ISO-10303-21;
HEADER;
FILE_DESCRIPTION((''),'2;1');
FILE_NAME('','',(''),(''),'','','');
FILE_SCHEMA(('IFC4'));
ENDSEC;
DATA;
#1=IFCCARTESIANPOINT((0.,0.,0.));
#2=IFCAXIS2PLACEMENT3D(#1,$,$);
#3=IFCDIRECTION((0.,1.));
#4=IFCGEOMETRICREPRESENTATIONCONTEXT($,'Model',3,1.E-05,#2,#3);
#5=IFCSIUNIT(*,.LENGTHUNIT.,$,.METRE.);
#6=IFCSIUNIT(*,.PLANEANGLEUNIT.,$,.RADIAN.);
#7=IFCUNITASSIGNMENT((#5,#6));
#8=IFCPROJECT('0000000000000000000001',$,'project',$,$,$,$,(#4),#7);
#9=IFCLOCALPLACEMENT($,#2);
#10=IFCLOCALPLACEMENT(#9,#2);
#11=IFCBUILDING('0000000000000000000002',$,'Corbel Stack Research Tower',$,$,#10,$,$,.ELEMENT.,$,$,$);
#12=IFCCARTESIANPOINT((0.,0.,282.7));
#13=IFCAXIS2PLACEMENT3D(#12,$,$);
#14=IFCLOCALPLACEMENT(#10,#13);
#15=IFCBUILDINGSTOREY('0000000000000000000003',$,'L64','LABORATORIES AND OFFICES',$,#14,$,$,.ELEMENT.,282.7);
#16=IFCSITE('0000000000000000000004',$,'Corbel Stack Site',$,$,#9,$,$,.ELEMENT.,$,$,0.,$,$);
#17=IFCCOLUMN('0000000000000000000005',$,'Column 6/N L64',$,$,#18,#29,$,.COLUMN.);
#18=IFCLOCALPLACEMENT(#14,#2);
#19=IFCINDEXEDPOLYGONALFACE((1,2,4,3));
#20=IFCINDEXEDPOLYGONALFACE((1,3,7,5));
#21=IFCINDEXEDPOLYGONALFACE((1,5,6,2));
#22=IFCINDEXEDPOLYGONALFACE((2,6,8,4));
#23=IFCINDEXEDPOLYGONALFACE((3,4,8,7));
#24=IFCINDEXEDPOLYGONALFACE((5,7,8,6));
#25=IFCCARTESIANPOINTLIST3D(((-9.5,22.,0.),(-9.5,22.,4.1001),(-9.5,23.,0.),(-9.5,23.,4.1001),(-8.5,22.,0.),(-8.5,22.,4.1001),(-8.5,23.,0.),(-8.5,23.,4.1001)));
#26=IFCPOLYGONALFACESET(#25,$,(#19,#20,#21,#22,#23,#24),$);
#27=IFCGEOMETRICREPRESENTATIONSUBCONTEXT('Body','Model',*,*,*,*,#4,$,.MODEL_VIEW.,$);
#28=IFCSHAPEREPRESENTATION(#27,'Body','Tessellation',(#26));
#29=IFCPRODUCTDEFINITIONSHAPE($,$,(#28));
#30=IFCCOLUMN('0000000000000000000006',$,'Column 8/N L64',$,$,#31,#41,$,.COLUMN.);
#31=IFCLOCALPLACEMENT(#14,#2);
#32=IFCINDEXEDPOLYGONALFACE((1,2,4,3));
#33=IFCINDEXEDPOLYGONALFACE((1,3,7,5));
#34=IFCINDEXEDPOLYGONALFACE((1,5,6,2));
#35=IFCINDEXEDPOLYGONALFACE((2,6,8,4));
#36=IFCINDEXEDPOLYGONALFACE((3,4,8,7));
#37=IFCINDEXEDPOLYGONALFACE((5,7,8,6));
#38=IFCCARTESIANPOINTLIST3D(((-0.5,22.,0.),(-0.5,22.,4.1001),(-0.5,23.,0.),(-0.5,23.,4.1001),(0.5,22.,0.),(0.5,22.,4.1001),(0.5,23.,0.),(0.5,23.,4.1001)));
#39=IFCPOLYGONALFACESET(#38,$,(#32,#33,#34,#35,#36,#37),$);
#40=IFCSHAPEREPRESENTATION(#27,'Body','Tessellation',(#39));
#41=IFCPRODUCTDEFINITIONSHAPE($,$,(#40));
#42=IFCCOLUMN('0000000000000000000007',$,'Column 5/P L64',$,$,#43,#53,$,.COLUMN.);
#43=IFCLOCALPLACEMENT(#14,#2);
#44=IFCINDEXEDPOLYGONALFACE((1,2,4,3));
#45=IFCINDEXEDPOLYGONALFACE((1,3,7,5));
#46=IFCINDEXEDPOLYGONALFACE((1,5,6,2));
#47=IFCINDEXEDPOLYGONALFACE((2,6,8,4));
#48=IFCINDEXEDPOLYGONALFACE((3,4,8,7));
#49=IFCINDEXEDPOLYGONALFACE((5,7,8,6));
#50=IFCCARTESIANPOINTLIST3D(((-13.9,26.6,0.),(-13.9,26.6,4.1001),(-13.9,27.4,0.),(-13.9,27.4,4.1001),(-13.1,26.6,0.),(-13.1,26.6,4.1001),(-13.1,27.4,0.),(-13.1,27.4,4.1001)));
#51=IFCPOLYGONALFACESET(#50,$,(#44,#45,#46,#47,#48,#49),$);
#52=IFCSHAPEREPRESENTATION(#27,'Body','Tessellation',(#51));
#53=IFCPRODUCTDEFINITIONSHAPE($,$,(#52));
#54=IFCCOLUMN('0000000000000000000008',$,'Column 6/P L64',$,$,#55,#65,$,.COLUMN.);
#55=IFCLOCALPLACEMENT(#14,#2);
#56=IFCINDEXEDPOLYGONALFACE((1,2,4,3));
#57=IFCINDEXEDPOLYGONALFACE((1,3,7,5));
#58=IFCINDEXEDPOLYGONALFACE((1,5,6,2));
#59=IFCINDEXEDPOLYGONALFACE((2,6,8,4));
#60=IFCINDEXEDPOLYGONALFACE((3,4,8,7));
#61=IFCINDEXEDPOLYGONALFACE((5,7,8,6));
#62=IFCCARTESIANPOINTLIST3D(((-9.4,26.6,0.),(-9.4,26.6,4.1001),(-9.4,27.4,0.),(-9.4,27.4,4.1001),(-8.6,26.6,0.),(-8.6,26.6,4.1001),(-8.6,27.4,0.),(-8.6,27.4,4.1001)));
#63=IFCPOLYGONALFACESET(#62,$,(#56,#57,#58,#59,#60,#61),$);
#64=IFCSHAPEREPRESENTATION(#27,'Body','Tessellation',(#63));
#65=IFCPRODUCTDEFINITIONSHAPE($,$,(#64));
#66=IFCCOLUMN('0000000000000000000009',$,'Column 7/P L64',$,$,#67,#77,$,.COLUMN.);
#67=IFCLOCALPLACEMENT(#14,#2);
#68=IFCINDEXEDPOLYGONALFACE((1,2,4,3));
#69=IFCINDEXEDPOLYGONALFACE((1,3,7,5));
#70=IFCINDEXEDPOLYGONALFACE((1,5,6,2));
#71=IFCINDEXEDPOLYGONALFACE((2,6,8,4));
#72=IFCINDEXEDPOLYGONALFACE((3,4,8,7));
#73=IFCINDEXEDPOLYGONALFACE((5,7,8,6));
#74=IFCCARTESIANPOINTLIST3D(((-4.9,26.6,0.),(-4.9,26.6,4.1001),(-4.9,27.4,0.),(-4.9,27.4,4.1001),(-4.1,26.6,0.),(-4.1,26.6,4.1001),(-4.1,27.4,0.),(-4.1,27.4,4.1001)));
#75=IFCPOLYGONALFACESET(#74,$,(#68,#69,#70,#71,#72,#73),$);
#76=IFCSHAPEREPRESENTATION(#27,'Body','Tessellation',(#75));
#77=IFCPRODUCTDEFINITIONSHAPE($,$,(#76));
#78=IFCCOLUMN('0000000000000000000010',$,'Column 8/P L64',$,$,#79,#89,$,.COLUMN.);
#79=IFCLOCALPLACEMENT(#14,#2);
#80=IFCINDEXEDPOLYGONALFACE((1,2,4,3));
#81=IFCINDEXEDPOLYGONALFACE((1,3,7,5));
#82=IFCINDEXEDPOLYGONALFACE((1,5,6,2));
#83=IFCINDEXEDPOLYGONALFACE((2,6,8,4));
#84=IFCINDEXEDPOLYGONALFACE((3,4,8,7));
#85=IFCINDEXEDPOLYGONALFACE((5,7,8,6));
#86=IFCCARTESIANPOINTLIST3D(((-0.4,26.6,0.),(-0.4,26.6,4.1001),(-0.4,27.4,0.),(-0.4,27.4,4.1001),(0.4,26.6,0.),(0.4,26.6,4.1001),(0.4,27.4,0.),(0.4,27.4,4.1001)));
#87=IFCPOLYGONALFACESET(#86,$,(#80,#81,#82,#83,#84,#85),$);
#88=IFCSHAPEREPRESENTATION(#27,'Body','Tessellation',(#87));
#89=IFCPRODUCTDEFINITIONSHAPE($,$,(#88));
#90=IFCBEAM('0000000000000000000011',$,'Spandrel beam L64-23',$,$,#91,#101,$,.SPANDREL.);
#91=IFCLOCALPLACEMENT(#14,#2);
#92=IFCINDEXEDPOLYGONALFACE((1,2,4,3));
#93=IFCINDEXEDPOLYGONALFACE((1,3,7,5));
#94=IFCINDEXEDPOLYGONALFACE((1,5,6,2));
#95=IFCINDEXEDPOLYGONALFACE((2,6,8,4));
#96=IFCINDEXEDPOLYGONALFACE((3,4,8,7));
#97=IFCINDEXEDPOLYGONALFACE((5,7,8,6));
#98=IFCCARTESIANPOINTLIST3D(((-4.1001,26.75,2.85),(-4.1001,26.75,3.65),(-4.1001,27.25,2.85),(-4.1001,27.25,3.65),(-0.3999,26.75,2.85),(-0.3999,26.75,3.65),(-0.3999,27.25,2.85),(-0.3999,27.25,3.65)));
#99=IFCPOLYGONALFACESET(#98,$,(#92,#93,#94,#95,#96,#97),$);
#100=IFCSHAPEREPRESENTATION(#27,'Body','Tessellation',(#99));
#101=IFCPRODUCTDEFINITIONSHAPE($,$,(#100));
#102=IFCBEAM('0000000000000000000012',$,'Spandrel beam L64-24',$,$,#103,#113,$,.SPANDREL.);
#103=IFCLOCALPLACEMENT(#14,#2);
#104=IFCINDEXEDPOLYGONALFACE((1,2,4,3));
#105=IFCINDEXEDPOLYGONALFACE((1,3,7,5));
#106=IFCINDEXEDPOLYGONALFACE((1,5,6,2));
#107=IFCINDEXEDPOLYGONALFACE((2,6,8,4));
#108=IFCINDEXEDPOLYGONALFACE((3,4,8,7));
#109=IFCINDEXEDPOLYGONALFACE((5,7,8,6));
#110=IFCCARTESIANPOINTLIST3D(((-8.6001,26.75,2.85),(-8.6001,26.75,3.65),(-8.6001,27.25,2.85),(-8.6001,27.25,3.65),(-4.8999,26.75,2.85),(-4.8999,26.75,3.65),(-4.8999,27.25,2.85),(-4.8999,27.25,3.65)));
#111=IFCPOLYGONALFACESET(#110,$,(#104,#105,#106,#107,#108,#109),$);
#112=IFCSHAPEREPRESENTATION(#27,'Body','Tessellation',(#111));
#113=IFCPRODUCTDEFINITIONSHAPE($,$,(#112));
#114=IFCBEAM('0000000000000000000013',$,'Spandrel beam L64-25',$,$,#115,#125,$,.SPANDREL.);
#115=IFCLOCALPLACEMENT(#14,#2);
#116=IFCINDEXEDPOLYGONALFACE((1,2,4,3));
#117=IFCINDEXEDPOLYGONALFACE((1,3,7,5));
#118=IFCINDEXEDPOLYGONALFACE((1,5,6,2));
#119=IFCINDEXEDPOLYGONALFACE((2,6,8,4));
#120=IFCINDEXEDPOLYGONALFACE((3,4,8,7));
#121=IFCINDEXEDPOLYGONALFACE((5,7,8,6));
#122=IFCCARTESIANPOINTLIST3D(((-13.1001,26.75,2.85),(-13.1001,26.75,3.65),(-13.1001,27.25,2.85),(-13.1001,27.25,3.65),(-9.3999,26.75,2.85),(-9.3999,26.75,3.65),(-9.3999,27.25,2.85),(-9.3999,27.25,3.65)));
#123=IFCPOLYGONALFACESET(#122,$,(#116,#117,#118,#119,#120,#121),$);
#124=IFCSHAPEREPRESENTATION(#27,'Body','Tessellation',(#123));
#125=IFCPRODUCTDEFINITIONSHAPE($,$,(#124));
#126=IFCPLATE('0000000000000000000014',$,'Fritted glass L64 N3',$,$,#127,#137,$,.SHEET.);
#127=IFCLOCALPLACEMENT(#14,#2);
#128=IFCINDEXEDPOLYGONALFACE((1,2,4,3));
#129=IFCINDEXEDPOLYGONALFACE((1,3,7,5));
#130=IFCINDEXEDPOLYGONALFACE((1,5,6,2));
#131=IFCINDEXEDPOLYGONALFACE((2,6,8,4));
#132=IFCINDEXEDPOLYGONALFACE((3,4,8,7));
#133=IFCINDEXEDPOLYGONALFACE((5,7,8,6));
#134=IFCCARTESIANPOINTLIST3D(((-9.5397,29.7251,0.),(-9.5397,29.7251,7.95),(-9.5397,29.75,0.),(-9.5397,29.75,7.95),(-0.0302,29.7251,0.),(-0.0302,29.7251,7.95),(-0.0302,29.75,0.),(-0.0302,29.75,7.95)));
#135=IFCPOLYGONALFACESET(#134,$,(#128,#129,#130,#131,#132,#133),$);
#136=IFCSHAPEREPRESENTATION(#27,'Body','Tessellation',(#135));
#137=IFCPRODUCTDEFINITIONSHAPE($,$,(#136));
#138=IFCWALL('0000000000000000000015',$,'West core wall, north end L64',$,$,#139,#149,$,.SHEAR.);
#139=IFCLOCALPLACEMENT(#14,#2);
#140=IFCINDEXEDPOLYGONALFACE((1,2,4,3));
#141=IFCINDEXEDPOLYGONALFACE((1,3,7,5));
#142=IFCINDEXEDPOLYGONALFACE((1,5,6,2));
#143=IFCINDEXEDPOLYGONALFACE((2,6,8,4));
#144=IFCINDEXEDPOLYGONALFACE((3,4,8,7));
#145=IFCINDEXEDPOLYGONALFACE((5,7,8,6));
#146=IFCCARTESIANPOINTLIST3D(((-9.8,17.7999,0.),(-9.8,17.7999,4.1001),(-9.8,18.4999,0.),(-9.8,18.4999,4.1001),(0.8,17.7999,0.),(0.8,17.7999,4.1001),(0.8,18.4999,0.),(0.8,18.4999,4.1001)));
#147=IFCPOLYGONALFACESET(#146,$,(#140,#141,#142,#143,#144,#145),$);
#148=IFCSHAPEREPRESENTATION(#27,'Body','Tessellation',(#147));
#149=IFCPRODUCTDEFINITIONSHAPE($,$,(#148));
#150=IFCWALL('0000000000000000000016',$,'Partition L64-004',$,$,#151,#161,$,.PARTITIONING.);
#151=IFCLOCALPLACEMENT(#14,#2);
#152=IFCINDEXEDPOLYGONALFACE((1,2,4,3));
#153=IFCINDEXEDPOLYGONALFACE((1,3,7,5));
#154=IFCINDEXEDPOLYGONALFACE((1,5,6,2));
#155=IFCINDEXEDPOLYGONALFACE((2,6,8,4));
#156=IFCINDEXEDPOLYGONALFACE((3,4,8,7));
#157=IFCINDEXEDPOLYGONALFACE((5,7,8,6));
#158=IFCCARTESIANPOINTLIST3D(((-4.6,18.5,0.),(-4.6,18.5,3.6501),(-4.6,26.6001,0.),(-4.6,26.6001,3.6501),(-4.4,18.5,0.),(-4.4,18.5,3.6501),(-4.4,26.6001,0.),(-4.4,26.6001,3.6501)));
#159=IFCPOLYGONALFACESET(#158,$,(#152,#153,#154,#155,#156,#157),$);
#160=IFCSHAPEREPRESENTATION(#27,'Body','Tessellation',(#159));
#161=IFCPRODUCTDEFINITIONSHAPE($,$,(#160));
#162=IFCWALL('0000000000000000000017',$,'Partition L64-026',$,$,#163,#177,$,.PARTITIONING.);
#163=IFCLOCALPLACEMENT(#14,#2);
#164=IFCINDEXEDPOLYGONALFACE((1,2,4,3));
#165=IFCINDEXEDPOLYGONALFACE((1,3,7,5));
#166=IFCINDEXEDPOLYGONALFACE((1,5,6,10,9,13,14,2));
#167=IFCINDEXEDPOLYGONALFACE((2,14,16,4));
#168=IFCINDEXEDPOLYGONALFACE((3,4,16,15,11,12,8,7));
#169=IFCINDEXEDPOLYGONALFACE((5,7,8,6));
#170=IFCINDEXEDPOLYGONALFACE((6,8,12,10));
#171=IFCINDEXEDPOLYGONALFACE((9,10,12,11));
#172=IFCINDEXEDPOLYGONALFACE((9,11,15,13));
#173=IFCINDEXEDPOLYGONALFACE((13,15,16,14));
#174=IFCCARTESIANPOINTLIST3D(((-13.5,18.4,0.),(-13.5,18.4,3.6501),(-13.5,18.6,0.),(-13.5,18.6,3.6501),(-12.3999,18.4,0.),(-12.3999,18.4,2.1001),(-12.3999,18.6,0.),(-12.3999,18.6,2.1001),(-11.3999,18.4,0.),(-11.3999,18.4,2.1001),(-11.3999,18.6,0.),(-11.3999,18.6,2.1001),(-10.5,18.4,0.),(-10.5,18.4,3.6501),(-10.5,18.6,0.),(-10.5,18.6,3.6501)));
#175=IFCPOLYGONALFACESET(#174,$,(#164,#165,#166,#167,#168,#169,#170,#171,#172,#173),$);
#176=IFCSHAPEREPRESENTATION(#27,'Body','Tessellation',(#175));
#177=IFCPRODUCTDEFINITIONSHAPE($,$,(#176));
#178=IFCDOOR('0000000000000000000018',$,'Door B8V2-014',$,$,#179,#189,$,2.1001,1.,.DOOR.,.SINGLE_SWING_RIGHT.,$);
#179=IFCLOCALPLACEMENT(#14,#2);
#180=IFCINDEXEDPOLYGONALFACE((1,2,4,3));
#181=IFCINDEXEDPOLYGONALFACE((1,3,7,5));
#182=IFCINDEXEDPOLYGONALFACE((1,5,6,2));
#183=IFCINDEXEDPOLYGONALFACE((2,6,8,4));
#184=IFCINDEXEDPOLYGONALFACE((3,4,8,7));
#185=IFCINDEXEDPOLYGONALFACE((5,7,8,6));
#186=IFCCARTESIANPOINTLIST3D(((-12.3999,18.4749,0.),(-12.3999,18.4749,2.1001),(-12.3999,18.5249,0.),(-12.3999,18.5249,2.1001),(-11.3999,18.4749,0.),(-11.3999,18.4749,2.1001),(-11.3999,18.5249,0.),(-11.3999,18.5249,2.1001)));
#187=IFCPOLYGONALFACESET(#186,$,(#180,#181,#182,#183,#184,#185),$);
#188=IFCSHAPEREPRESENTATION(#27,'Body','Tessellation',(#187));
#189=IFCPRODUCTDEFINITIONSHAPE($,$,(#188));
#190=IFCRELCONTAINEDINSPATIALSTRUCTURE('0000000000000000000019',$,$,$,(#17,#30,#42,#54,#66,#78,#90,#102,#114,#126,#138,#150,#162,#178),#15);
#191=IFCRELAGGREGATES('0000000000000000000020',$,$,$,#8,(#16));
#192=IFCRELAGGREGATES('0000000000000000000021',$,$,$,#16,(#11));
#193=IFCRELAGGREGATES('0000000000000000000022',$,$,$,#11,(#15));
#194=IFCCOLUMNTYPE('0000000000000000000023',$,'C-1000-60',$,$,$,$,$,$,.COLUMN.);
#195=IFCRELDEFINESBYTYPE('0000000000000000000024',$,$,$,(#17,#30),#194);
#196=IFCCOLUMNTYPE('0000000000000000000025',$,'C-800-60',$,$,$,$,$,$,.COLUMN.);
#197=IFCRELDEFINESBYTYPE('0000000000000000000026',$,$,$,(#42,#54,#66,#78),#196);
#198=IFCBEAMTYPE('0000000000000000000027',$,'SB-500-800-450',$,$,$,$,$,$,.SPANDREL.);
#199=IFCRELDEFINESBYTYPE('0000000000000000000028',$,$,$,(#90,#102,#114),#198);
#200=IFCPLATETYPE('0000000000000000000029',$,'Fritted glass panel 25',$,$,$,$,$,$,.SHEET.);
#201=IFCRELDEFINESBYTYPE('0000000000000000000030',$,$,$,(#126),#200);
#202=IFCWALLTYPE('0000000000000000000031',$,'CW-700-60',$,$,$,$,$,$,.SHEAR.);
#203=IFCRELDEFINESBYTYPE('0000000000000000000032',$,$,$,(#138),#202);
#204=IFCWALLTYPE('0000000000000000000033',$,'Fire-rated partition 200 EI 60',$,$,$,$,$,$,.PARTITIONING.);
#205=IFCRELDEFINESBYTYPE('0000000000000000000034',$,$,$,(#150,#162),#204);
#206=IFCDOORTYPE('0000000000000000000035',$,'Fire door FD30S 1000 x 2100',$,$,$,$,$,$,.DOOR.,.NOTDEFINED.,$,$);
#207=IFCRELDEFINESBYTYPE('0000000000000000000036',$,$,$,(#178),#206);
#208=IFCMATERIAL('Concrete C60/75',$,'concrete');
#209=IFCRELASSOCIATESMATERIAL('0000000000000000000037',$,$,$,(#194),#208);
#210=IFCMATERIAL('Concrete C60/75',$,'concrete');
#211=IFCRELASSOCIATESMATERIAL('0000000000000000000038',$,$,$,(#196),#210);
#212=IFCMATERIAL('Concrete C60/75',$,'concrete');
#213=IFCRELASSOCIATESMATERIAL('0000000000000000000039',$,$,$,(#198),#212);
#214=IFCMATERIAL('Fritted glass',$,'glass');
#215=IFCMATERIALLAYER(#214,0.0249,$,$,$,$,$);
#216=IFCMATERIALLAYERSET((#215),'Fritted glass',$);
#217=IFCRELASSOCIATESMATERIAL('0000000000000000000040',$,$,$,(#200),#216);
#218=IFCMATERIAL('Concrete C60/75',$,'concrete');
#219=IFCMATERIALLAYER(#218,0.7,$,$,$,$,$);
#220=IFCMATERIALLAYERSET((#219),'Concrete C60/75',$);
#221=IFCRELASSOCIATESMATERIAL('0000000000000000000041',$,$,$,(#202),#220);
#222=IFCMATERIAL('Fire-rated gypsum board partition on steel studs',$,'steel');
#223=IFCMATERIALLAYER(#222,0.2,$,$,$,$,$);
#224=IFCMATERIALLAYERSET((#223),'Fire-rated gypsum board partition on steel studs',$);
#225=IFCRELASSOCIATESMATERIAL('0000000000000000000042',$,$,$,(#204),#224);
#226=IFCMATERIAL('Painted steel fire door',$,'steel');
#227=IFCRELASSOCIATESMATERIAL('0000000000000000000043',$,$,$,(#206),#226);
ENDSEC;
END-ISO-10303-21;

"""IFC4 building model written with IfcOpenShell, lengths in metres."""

from ifc_helpers import new_model, si_unit, direction, frame, frame_2d, origin, origin_2d, place, context, subcontext, project, spatial, rectangle, extrude, material, layer, layer_set, material_profile, profile_set, type_object, element, fill, save


model = new_model("IFC4")

# Units and contexts
model_context = context("Model", 3, precision=1e-05, world=origin(), true_north=direction((0.0, 1.0)))
body_context = subcontext(model_context, "Body", "Model", "MODEL_VIEW")
ifc_project = project(units=[si_unit("LENGTHUNIT", "METRE"), si_unit("PLANEANGLEUNIT", "RADIAN")], contexts=[model_context])

# Site, building, storey
site_placement = place(None, origin())
site = spatial("IfcSite", under=ifc_project, at=site_placement, Name="Corbel Stack Site", CompositionType="ELEMENT", RefElevation=0.0)
building_placement = place(site_placement, origin())
building = spatial("IfcBuilding", under=site, at=building_placement, Name="Corbel Stack Research Tower", CompositionType="ELEMENT")
storey_placement = place(building_placement, frame((0.0, 0.0, 282.7)))
storey = spatial("IfcBuildingStorey", under=building, at=storey_placement, Name="L64", Description="LABORATORIES AND OFFICES", CompositionType="ELEMENT", Elevation=282.7)

# Columns
ifc_material_1 = material(Name="Concrete C60/75", Category="concrete")
ifc_material_profile_1 = material_profile(ifc_material_1, rectangle(XDim=1.0, YDim=1.0, at=origin_2d()), Name="RC 1000 x 1000")
ifc_profile_set_1 = profile_set([ifc_material_profile_1], Name="Concrete C60/75")
column_type_1 = type_object("IfcColumnType", Name="C-1000-60", PredefinedType="COLUMN", material=ifc_profile_set_1)
for number, where, z_axis, x_axis, name in (
    (1, (-9.0, 22.5, 0.0), (0.0, 0.0, 1.0), (1.0, 0.0, 0.0), "Column 6/N L64"),
    (2, (0.0, 22.5, 0.0), (0.0, 0.0, 1.0), (1.0, 0.0, 0.0), "Column 8/N L64"),
):
    element("IfcColumn", number, at=place(storey_placement, frame(where, z_axis=z_axis, x_axis=x_axis)), inside=storey, type_object=column_type_1, Name=name, PredefinedType="COLUMN", context=body_context, shape_type="SweptSolid", body=[
        extrude(rectangle(XDim=1.0, YDim=1.0, at=origin_2d()), origin(), (0.0, 0.0, 1.0), 4.1001),
    ])
ifc_material_2 = material(Name="Concrete C60/75", Category="concrete")
ifc_material_profile_2 = material_profile(ifc_material_2, rectangle(XDim=0.8, YDim=0.8, at=origin_2d()), Name="RC 800 x 800")
ifc_profile_set_2 = profile_set([ifc_material_profile_2], Name="Concrete C60/75")
column_type_2 = type_object("IfcColumnType", Name="C-800-60", PredefinedType="COLUMN", material=ifc_profile_set_2)
for number, where, z_axis, x_axis, name in (
    (3, (-13.5, 27.0, 0.0), (0.0, 0.0, 1.0), (1.0, 0.0, 0.0), "Column 5/P L64"),
    (4, (-9.0, 27.0, 0.0), (0.0, 0.0, 1.0), (1.0, 0.0, 0.0), "Column 6/P L64"),
    (5, (-4.5, 27.0, 0.0), (0.0, 0.0, 1.0), (1.0, 0.0, 0.0), "Column 7/P L64"),
    (6, (0.0, 27.0, 0.0), (0.0, 0.0, 1.0), (1.0, 0.0, 0.0), "Column 8/P L64"),
):
    element("IfcColumn", number, at=place(storey_placement, frame(where, z_axis=z_axis, x_axis=x_axis)), inside=storey, type_object=column_type_2, Name=name, PredefinedType="COLUMN", context=body_context, shape_type="SweptSolid", body=[
        extrude(rectangle(XDim=0.8, YDim=0.8, at=origin_2d()), origin(), (0.0, 0.0, 1.0), 4.1001),
    ])

# Beams
ifc_material_3 = material(Name="Concrete C60/75", Category="concrete")
ifc_material_profile_3 = material_profile(ifc_material_3, rectangle(XDim=0.5, YDim=0.8, at=origin_2d()), Name="RC 500 x 800")
ifc_profile_set_3 = profile_set([ifc_material_profile_3], Name="Concrete C60/75")
beam_type = type_object("IfcBeamType", Name="SB-500-800-450", PredefinedType="SPANDREL", material=ifc_profile_set_3)
for number, where, z_axis, x_axis, name in (
    (7, (-0.3999, 27.0, 3.25), (-1.0, 0.0, 0.0), (0.0, -1.0, 0.0), "Spandrel beam L64-23"),
    (8, (-4.8999, 27.0, 3.25), (-1.0, 0.0, 0.0), (0.0, -1.0, 0.0), "Spandrel beam L64-24"),
    (9, (-9.3999, 27.0, 3.25), (-1.0, 0.0, 0.0), (0.0, -1.0, 0.0), "Spandrel beam L64-25"),
):
    element("IfcBeam", number, at=place(storey_placement, frame(where, z_axis=z_axis, x_axis=x_axis)), inside=storey, type_object=beam_type, Name=name, PredefinedType="SPANDREL", context=body_context, shape_type="SweptSolid", body=[
        extrude(rectangle(XDim=0.5, YDim=0.8, at=origin_2d()), origin(), (0.0, 0.0, 1.0), 3.7002),
    ])

# Plate
ifc_material_4 = material(Name="Fritted glass", Category="glass")
ifc_layer_1 = layer(ifc_material_4, 0.0249)
ifc_layer_set_1 = layer_set([ifc_layer_1], Name="Fritted glass")
plate_type = type_object("IfcPlateType", Name="Fritted glass panel 25", PredefinedType="SHEET", material=ifc_layer_set_1)
plate_placement = place(storey_placement, frame((-4.7849, 29.7375, 0.0), z_axis=(0.0, 0.0, 1.0), x_axis=(-1.0, 0.0, 0.0)))
element("IfcPlate", 10, at=plate_placement, inside=storey, type_object=plate_type, Name="Fritted glass L64 N3", PredefinedType="SHEET", context=body_context, shape_type="SweptSolid", body=[
    extrude(rectangle(XDim=9.5095, YDim=0.0249, at=origin_2d()), origin(), (0.0, 0.0, 1.0), 7.95),
])

# Walls
ifc_material_5 = material(Name="Concrete C60/75", Category="concrete")
ifc_layer_2 = layer(ifc_material_5, 0.7)
ifc_layer_set_2 = layer_set([ifc_layer_2], Name="Concrete C60/75")
wall_type_1 = type_object("IfcWallType", Name="CW-700-60", PredefinedType="SHEAR", material=ifc_layer_set_2)
wall_1_placement = place(storey_placement, frame((-9.8, 18.1499, 0.0), z_axis=(0.0, 0.0, 1.0), x_axis=(1.0, 0.0, 0.0)))
element("IfcWall", 11, at=wall_1_placement, inside=storey, type_object=wall_type_1, Name="West core wall, north end L64", PredefinedType="SHEAR", context=body_context, shape_type="SweptSolid", body=[
    extrude(rectangle(XDim=10.6001, YDim=0.7, at=frame_2d((5.3, 0.0))), origin(), (0.0, 0.0, 1.0), 4.1001),
])
ifc_material_6 = material(Name="Fire-rated gypsum board partition on steel studs", Category="steel")
ifc_layer_3 = layer(ifc_material_6, 0.2)
ifc_layer_set_3 = layer_set([ifc_layer_3], Name="Fire-rated gypsum board partition on steel studs")
wall_type_2 = type_object("IfcWallType", Name="Fire-rated partition 200 EI 60", PredefinedType="PARTITIONING", material=ifc_layer_set_3)
wall_2_placement = place(storey_placement, frame((-4.5, 18.5, 0.0), z_axis=(0.0, 0.0, 1.0), x_axis=(0.0, 1.0, 0.0)))
element("IfcWall", 12, at=wall_2_placement, inside=storey, type_object=wall_type_2, Name="Partition L64-004", PredefinedType="PARTITIONING", context=body_context, shape_type="SweptSolid", body=[
    extrude(rectangle(XDim=8.1001, YDim=0.2, at=frame_2d((4.05, 0.0))), origin(), (0.0, 0.0, 1.0), 3.6501),
])

# Wall, opening, door
wall_3_placement = place(storey_placement, frame((-13.5, 18.5, 0.0), z_axis=(0.0, 0.0, 1.0), x_axis=(1.0, 0.0, 0.0)))
wall_3 = element("IfcWall", 13, at=wall_3_placement, inside=storey, type_object=wall_type_2, Name="Partition L64-026", PredefinedType="PARTITIONING", context=body_context, shape_type="SweptSolid", body=[
    extrude(rectangle(XDim=3.0, YDim=0.2, at=frame_2d((1.5, 0.0))), origin(), (0.0, 0.0, 1.0), 3.6501),
])
opening_1_placement = place(wall_3_placement, frame((1.1001, 0.0, 0.0)))
opening_1 = element("IfcOpeningElement", 14, at=opening_1_placement, cuts=wall_3, PredefinedType="OPENING", context=body_context, shape_type="SweptSolid", body=[
    extrude(rectangle(XDim=1.0, YDim=2.1001, at=frame_2d((0.5, 1.05))), frame((0.0, 0.1099, 0.0), z_axis=(0.0, -1.0, 0.0), x_axis=(1.0, 0.0, 0.0)), (0.0, 0.0, 1.0), 0.22),
])
ifc_material_7 = material(Name="Painted steel fire door", Category="steel")
door_type_1 = type_object("IfcDoorType", Name="Fire door FD30S 1000 x 2100", OperationType="NOTDEFINED", PredefinedType="DOOR", material=ifc_material_7)
door_1_placement = place(opening_1_placement, origin())
door_1 = element("IfcDoor", 15, at=door_1_placement, inside=storey, type_object=door_type_1, Name="Door B8V2-014", OperationType="SINGLE_SWING_RIGHT", OverallHeight=2.1001, OverallWidth=1.0, PredefinedType="DOOR", context=body_context, shape_type="SweptSolid", body=[
    extrude(rectangle(XDim=1.0, YDim=2.1001, at=frame_2d((0.5, 1.05))), frame((0.0, 0.0249, 0.0), z_axis=(0.0, -1.0, 0.0), x_axis=(1.0, 0.0, 0.0)), (0.0, 0.0, 1.0), 0.05),
])
fill(opening_1, door_1)

save(model, "model.ifc")
